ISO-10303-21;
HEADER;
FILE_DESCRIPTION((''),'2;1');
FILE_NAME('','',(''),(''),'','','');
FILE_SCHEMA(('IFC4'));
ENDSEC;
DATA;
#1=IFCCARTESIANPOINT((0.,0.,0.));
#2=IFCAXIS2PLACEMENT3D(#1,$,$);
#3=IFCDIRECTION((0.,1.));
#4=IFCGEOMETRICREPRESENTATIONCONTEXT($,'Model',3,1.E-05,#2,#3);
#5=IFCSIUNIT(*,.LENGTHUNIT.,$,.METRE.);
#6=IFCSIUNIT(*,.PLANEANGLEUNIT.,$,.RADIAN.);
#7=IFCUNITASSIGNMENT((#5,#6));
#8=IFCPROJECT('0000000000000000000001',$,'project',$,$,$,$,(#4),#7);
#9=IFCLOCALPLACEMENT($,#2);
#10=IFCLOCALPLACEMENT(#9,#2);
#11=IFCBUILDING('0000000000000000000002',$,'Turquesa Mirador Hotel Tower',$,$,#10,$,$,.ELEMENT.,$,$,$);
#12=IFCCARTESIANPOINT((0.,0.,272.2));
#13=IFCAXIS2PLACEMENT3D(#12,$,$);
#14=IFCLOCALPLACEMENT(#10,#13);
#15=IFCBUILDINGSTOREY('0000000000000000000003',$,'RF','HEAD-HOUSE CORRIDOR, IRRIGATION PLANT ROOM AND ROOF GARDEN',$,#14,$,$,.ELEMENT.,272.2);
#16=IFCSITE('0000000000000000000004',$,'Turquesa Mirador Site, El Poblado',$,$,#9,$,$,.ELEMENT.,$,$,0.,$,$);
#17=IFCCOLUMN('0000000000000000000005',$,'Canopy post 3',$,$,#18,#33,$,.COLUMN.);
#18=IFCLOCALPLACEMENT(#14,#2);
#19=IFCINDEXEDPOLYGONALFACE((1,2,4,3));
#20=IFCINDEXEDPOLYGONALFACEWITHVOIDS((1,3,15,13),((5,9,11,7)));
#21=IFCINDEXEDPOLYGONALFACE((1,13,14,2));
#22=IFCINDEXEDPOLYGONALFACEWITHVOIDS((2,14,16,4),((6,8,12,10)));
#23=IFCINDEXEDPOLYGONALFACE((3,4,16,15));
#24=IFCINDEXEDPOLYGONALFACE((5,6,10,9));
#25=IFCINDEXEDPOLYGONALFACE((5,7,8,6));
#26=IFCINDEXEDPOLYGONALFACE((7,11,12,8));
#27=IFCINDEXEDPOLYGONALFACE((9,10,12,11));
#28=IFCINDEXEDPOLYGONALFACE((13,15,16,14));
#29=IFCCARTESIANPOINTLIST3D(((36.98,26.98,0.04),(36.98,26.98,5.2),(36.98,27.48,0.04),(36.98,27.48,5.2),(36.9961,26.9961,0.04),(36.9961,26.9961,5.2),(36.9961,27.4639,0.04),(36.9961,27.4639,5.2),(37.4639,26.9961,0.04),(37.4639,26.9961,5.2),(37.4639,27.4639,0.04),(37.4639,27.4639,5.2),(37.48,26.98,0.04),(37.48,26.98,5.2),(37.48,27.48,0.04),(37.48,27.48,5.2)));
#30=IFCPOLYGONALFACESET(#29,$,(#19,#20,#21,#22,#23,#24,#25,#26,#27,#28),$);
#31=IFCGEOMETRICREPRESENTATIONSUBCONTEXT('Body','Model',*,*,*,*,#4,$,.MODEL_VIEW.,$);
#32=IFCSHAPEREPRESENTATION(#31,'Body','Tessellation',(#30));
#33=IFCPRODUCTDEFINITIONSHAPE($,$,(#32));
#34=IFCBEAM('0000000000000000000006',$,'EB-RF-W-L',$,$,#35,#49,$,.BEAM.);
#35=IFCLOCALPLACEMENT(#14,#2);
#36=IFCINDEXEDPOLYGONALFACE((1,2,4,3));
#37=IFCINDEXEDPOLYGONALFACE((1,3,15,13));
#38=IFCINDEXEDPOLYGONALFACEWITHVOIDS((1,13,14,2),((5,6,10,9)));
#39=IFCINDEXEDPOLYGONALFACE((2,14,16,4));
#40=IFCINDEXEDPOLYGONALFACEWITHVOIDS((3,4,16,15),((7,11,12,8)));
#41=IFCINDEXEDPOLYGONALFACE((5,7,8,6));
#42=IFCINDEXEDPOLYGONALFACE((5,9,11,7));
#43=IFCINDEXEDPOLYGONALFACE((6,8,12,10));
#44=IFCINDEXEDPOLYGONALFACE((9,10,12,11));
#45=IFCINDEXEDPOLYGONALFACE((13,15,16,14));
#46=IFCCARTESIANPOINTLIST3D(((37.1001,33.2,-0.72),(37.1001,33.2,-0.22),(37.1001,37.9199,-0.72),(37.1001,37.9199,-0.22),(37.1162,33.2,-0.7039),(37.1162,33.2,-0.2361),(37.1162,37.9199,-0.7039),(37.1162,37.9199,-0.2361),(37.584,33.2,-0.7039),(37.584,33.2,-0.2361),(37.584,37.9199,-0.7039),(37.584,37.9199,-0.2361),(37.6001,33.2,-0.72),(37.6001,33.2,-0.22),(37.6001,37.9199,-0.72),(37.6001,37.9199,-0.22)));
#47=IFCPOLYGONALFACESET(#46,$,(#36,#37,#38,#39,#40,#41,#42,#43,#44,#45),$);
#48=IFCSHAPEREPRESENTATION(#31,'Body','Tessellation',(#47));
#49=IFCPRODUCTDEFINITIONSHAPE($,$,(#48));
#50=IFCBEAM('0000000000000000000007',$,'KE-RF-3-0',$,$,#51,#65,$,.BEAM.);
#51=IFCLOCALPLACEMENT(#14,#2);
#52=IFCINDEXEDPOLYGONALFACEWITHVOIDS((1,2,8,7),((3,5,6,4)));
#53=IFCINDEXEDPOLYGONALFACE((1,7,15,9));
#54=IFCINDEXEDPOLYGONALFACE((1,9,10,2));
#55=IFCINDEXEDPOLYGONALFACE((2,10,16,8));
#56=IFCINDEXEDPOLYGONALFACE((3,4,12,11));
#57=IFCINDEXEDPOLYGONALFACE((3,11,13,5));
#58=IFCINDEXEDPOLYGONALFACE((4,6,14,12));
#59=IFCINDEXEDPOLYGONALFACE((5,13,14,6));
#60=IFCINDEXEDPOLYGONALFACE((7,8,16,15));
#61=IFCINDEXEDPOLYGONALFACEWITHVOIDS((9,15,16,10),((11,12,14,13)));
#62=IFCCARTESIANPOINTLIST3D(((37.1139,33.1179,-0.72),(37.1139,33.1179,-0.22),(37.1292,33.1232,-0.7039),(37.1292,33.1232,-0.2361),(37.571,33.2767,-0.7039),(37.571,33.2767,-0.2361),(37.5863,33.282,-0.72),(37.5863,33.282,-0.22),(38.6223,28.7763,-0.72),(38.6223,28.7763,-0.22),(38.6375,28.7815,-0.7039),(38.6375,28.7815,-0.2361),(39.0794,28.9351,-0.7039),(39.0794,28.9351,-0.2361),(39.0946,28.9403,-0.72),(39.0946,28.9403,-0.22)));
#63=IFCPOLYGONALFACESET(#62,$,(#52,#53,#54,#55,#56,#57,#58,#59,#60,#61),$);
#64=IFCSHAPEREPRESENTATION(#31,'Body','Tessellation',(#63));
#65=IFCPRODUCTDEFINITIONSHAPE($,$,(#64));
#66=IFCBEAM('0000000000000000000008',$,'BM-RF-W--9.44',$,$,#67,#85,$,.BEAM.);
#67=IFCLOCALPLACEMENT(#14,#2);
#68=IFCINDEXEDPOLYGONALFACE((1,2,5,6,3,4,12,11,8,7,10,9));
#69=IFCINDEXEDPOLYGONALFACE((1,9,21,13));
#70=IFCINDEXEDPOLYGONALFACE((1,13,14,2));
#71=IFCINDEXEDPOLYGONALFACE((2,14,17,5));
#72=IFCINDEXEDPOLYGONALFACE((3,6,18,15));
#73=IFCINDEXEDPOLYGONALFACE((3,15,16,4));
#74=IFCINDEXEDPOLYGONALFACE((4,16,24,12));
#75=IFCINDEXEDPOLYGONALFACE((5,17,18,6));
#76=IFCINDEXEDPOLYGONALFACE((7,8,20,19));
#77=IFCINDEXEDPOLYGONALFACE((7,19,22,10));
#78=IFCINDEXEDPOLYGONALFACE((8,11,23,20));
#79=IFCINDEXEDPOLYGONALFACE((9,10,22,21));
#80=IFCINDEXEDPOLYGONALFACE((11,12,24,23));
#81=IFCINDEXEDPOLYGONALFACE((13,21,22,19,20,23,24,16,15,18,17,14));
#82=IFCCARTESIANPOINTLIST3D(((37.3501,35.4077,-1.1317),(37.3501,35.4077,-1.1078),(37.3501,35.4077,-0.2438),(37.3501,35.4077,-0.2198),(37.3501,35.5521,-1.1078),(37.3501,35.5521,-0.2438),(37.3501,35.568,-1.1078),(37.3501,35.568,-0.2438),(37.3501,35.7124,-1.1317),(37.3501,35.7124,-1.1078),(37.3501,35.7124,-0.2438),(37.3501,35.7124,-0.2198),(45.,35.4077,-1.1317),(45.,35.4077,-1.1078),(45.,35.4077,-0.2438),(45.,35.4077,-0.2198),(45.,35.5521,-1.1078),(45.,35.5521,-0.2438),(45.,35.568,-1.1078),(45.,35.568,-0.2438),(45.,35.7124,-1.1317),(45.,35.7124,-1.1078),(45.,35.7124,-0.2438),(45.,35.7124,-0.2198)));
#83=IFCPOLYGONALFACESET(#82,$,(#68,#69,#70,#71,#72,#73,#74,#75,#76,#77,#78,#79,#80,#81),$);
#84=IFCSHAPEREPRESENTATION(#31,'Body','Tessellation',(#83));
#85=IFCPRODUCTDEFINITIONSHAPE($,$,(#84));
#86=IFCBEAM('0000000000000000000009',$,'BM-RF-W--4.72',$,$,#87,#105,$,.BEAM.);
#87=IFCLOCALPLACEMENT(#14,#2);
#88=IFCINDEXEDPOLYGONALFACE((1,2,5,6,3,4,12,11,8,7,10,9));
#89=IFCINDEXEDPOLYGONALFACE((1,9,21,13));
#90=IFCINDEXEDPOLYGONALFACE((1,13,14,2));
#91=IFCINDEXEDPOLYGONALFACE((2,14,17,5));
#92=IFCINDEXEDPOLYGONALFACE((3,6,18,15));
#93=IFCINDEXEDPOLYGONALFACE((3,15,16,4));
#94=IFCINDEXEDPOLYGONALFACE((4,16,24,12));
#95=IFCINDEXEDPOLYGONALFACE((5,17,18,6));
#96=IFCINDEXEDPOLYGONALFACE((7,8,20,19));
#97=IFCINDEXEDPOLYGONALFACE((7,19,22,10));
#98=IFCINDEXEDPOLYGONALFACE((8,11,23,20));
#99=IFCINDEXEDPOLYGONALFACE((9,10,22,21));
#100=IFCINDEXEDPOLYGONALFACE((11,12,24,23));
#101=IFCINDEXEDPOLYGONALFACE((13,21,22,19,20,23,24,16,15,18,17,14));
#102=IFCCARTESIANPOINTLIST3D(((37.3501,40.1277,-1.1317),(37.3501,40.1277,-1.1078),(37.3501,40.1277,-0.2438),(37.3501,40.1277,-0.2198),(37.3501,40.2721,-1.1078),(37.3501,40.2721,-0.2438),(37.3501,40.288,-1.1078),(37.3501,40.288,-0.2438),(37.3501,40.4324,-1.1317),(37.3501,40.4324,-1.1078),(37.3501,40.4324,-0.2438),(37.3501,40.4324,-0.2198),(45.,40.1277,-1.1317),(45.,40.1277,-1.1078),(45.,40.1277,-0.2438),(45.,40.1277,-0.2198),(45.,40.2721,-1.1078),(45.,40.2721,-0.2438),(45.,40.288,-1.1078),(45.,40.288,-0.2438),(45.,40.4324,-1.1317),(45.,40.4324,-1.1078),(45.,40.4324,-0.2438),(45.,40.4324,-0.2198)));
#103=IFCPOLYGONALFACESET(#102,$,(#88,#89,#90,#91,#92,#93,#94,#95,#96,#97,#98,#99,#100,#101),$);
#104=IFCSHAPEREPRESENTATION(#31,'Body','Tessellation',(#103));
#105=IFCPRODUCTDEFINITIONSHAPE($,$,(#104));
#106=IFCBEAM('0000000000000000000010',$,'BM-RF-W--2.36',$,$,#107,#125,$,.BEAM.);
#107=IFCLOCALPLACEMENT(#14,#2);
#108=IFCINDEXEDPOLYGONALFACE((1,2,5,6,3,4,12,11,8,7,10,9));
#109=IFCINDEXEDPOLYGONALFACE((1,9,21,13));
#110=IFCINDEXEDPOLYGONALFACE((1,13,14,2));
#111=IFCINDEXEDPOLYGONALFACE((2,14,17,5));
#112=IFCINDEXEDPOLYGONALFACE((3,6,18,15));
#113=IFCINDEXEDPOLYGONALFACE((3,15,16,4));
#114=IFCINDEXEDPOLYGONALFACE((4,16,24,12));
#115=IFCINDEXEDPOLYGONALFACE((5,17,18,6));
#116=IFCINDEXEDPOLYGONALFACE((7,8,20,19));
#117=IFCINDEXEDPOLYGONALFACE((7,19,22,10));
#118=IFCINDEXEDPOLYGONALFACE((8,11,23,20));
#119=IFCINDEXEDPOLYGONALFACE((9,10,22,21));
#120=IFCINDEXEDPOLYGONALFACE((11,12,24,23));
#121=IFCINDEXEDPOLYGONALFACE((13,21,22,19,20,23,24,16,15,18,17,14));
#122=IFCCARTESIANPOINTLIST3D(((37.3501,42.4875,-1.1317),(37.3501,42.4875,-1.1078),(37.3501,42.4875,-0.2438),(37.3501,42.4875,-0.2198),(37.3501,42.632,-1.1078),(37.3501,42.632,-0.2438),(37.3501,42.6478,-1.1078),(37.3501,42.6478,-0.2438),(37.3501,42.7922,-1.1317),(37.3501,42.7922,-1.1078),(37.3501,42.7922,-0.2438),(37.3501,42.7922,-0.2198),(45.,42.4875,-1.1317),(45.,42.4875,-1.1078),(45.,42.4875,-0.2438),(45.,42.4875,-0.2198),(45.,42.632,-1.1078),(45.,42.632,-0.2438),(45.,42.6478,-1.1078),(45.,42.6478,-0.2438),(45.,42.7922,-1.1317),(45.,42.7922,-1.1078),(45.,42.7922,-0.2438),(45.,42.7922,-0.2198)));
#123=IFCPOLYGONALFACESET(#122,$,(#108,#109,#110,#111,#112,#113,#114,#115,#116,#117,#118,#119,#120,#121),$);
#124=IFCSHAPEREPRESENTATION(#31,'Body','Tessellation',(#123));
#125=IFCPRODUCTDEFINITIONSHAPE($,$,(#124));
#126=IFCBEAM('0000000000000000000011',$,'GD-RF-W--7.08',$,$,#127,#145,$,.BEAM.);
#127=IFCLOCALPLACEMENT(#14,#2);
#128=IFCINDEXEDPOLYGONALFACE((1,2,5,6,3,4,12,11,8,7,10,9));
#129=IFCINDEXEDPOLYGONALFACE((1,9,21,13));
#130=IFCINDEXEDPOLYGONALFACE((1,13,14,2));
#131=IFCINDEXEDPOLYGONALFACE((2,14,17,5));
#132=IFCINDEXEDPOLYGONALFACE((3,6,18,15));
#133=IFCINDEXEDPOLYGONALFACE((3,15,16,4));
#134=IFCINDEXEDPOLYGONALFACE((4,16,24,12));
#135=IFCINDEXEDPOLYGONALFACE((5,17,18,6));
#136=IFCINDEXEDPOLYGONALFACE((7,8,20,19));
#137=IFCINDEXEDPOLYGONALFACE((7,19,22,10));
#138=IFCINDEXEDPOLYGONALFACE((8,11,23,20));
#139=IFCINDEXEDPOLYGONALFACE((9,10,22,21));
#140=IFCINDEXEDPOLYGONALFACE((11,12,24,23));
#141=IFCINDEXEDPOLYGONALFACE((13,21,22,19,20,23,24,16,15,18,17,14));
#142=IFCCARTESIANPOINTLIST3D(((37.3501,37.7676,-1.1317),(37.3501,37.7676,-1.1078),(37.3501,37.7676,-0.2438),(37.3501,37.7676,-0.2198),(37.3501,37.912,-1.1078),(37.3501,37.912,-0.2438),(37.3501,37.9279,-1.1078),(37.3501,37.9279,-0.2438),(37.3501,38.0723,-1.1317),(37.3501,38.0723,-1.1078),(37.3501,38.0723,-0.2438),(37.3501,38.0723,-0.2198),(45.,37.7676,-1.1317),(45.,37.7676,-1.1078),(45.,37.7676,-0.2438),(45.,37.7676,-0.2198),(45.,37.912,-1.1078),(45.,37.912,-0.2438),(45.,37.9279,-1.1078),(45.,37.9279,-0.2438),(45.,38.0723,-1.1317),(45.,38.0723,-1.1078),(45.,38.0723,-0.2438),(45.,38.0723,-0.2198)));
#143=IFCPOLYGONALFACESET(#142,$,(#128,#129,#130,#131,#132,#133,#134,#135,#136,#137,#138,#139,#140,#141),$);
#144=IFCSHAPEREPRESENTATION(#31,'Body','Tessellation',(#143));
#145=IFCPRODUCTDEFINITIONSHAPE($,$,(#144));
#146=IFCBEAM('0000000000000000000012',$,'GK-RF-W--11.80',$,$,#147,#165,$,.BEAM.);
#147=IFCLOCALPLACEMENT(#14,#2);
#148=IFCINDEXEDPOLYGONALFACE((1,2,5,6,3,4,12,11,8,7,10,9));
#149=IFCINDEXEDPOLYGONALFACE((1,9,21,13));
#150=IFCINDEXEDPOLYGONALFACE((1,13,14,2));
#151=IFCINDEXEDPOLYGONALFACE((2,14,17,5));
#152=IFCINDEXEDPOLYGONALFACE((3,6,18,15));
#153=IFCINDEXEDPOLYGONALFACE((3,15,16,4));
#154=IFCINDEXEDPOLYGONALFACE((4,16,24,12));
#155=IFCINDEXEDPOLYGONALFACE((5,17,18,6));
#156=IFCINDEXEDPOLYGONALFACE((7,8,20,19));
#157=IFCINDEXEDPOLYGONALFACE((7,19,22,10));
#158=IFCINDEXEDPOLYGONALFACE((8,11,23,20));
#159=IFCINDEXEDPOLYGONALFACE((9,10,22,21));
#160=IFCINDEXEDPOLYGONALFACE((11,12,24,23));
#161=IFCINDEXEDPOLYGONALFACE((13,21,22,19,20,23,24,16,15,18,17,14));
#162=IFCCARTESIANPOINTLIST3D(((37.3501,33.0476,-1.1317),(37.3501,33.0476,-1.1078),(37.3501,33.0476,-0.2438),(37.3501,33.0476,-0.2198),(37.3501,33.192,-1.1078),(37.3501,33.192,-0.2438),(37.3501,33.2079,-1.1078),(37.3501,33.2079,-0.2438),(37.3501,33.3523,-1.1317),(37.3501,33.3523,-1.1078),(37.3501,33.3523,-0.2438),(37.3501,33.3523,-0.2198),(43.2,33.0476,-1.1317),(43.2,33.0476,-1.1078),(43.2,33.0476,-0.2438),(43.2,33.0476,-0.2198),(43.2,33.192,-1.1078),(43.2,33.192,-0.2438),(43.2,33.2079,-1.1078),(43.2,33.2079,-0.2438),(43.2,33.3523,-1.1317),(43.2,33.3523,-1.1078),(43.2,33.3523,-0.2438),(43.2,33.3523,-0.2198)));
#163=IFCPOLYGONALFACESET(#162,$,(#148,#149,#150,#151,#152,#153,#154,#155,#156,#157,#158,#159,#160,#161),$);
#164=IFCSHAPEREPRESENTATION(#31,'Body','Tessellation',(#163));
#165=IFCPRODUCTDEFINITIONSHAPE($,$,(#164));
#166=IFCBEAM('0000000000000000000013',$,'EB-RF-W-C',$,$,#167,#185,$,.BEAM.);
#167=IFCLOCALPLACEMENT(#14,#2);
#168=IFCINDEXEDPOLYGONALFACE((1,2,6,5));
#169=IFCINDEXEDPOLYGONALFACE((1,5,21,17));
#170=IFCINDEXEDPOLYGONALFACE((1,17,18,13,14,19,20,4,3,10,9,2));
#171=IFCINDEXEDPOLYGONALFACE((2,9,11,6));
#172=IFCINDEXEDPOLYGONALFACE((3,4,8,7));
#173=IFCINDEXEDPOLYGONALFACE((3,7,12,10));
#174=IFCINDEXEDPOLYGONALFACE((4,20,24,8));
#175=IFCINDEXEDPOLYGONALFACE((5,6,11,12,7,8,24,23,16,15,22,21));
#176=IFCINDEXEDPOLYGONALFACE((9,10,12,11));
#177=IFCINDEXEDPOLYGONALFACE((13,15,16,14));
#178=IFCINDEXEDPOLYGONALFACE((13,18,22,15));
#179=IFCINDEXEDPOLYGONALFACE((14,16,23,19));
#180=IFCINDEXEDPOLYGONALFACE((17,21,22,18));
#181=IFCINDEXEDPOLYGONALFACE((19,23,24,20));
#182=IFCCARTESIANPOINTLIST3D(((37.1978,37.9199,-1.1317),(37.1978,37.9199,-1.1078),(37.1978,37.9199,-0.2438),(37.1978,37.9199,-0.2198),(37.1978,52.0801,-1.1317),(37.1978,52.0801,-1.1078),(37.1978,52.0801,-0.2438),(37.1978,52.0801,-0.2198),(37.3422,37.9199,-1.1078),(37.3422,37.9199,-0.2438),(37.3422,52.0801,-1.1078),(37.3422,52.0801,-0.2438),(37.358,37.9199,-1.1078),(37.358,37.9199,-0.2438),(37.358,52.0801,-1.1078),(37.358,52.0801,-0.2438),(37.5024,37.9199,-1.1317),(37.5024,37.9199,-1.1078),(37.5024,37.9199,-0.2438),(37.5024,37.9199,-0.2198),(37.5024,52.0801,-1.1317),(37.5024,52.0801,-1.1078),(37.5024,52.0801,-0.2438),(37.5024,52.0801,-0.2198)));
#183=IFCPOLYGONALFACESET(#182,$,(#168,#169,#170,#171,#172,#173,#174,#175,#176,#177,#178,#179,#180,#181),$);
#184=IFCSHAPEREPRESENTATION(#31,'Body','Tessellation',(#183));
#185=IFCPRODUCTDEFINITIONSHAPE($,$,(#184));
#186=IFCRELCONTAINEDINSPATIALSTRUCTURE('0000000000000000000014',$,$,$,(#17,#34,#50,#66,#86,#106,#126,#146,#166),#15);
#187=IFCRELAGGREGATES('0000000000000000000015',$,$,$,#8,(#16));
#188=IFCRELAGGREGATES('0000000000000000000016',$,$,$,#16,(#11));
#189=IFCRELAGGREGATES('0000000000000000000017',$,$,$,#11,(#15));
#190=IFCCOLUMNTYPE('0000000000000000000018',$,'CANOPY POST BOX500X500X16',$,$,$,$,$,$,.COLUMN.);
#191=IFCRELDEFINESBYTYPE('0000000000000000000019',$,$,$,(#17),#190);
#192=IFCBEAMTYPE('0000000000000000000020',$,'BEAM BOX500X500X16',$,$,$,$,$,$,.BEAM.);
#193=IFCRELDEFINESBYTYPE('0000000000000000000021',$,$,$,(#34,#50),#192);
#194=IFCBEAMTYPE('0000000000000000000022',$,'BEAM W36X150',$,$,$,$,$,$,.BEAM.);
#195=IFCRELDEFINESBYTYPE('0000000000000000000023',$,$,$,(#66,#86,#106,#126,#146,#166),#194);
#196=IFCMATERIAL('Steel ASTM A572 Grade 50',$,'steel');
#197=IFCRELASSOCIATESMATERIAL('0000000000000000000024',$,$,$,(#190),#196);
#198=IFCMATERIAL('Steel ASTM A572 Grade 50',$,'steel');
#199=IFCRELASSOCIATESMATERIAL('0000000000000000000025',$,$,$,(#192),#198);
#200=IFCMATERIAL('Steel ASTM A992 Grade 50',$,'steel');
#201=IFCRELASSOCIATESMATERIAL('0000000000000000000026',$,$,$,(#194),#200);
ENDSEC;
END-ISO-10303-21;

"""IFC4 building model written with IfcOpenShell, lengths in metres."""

from ifc_helpers import new_model, si_unit, direction, frame, origin, origin_2d, place, context, subcontext, project, spatial, hollow_rectangle, i_section, extrude, clip, halfspace, material, material_profile, profile_set, type_object, element, save


model = new_model("IFC4")

# Units and contexts
model_context = context("Model", 3, precision=1e-05, world=origin(), true_north=direction((0.0, 1.0)))
body_context = subcontext(model_context, "Body", "Model", "MODEL_VIEW")
ifc_project = project(units=[si_unit("LENGTHUNIT", "METRE"), si_unit("PLANEANGLEUNIT", "RADIAN")], contexts=[model_context])

# Site, building, storey
site_placement = place(None, origin())
site = spatial("IfcSite", under=ifc_project, at=site_placement, Name="Turquesa Mirador Site, El Poblado", CompositionType="ELEMENT", RefElevation=0.0)
building_placement = place(site_placement, origin())
building = spatial("IfcBuilding", under=site, at=building_placement, Name="Turquesa Mirador Hotel Tower", CompositionType="ELEMENT")
storey_placement = place(building_placement, frame((0.0, 0.0, 272.2)))
storey = spatial("IfcBuildingStorey", under=building, at=storey_placement, Name="RF", Description="HEAD-HOUSE CORRIDOR, IRRIGATION PLANT ROOM AND ROOF GARDEN", CompositionType="ELEMENT", Elevation=272.2)

# Column
ifc_material_1 = material(Name="Steel ASTM A572 Grade 50", Category="steel")
ifc_material_profile_1 = material_profile(ifc_material_1, hollow_rectangle(XDim=0.5, YDim=0.5, WallThickness=0.0161, at=origin_2d()), Name="BOX500X500X16")
ifc_profile_set_1 = profile_set([ifc_material_profile_1], Name="Steel ASTM A572 Grade 50")
column_type = type_object("IfcColumnType", Name="CANOPY POST BOX500X500X16", PredefinedType="COLUMN", material=ifc_profile_set_1)
column_placement = place(storey_placement, frame((37.23, 27.23, 0.0), z_axis=(0.0, 0.0, 1.0), x_axis=(1.0, 0.0, 0.0)))
element("IfcColumn", 1, at=column_placement, inside=storey, type_object=column_type, Name="Canopy post 3", PredefinedType="COLUMN", context=body_context, shape_type="Clipping", body=[
    clip(extrude(hollow_rectangle(XDim=0.5, YDim=0.5, WallThickness=0.0161, at=origin_2d()), origin(), (0.0, 0.0, 1.0), 5.2), halfspace(frame((0.0, 0.0, 0.04), z_axis=(0.0, 0.0, -1.0), x_axis=(1.0, 0.0, 0.0)), False)),
])

# Beams
ifc_material_2 = material(Name="Steel ASTM A572 Grade 50", Category="steel")
ifc_material_profile_2 = material_profile(ifc_material_2, hollow_rectangle(XDim=0.5, YDim=0.5, WallThickness=0.0161, at=origin_2d()), Name="BOX500X500X16")
ifc_profile_set_2 = profile_set([ifc_material_profile_2], Name="Steel ASTM A572 Grade 50")
beam_type_1 = type_object("IfcBeamType", Name="BEAM BOX500X500X16", PredefinedType="BEAM", material=ifc_profile_set_2)
beam_1_placement = place(storey_placement, frame((37.3501, 33.2, -0.47), z_axis=(0.0, 1.0, 0.0), x_axis=(-1.0, 0.0, 0.0)))
element("IfcBeam", 2, at=beam_1_placement, inside=storey, type_object=beam_type_1, Name="EB-RF-W-L", PredefinedType="BEAM", context=body_context, shape_type="SweptSolid", body=[
    extrude(hollow_rectangle(XDim=0.5, YDim=0.5, WallThickness=0.0161, at=origin_2d()), origin(), (0.0, 0.0, 1.0), 4.72),
])
beam_2_placement = place(storey_placement, frame((37.3501, 33.2, -0.47), z_axis=(0.32817, -0.944619, 0.0), x_axis=(0.944619, 0.32817, 0.0)))
element("IfcBeam", 3, at=beam_2_placement, inside=storey, type_object=beam_type_1, Name="KE-RF-3-0", PredefinedType="BEAM", context=body_context, shape_type="SweptSolid", body=[
    extrude(hollow_rectangle(XDim=0.5, YDim=0.5, WallThickness=0.0161, at=origin_2d()), origin(), (0.0, 0.0, 1.0), 4.5962),
])
ifc_material_3 = material(Name="Steel ASTM A992 Grade 50", Category="steel")
ifc_material_profile_3 = material_profile(ifc_material_3, i_section(OverallWidth=0.3047, OverallDepth=0.9119, WebThickness=0.0159, FlangeThickness=0.0239, at=origin_2d()), Name="W36X150")
ifc_profile_set_3 = profile_set([ifc_material_profile_3], Name="Steel ASTM A992 Grade 50")
beam_type_2 = type_object("IfcBeamType", Name="BEAM W36X150", PredefinedType="BEAM", material=ifc_profile_set_3)
for number, where, z_axis, x_axis, name in (
    (4, (37.3501, 35.5601, -0.6758), (1.0, 0.0, 0.0), (0.0, 1.0, 0.0), "BM-RF-W--9.44"),
    (5, (37.3501, 40.28, -0.6758), (1.0, 0.0, 0.0), (0.0, 1.0, 0.0), "BM-RF-W--4.72"),
    (6, (37.3501, 42.6399, -0.6758), (1.0, 0.0, 0.0), (0.0, 1.0, 0.0), "BM-RF-W--2.36"),
    (7, (37.3501, 37.9199, -0.6758), (1.0, 0.0, 0.0), (0.0, 1.0, 0.0), "GD-RF-W--7.08"),
):
    element("IfcBeam", number, at=place(storey_placement, frame(where, z_axis=z_axis, x_axis=x_axis)), inside=storey, type_object=beam_type_2, Name=name, PredefinedType="BEAM", context=body_context, shape_type="SweptSolid", body=[
        extrude(i_section(OverallWidth=0.3047, OverallDepth=0.9119, WebThickness=0.0159, FlangeThickness=0.0239, at=origin_2d()), origin(), (0.0, 0.0, 1.0), 7.6499),
    ])
beam_3_placement = place(storey_placement, frame((37.3501, 33.2, -0.6758), z_axis=(1.0, 0.0, 0.0), x_axis=(0.0, 1.0, 0.0)))
element("IfcBeam", 8, at=beam_3_placement, inside=storey, type_object=beam_type_2, Name="GK-RF-W--11.80", PredefinedType="BEAM", context=body_context, shape_type="SweptSolid", body=[
    extrude(i_section(OverallWidth=0.3047, OverallDepth=0.9119, WebThickness=0.0159, FlangeThickness=0.0239, at=origin_2d()), origin(), (0.0, 0.0, 1.0), 5.8499),
])
beam_4_placement = place(storey_placement, frame((37.3501, 37.9199, -0.6758), z_axis=(0.0, 1.0, 0.0), x_axis=(-1.0, 0.0, 0.0)))
element("IfcBeam", 9, at=beam_4_placement, inside=storey, type_object=beam_type_2, Name="EB-RF-W-C", PredefinedType="BEAM", context=body_context, shape_type="SweptSolid", body=[
    extrude(i_section(OverallWidth=0.3047, OverallDepth=0.9119, WebThickness=0.0159, FlangeThickness=0.0239, at=origin_2d()), origin(), (0.0, 0.0, 1.0), 14.1602),
])

save(model, "model.ifc")
